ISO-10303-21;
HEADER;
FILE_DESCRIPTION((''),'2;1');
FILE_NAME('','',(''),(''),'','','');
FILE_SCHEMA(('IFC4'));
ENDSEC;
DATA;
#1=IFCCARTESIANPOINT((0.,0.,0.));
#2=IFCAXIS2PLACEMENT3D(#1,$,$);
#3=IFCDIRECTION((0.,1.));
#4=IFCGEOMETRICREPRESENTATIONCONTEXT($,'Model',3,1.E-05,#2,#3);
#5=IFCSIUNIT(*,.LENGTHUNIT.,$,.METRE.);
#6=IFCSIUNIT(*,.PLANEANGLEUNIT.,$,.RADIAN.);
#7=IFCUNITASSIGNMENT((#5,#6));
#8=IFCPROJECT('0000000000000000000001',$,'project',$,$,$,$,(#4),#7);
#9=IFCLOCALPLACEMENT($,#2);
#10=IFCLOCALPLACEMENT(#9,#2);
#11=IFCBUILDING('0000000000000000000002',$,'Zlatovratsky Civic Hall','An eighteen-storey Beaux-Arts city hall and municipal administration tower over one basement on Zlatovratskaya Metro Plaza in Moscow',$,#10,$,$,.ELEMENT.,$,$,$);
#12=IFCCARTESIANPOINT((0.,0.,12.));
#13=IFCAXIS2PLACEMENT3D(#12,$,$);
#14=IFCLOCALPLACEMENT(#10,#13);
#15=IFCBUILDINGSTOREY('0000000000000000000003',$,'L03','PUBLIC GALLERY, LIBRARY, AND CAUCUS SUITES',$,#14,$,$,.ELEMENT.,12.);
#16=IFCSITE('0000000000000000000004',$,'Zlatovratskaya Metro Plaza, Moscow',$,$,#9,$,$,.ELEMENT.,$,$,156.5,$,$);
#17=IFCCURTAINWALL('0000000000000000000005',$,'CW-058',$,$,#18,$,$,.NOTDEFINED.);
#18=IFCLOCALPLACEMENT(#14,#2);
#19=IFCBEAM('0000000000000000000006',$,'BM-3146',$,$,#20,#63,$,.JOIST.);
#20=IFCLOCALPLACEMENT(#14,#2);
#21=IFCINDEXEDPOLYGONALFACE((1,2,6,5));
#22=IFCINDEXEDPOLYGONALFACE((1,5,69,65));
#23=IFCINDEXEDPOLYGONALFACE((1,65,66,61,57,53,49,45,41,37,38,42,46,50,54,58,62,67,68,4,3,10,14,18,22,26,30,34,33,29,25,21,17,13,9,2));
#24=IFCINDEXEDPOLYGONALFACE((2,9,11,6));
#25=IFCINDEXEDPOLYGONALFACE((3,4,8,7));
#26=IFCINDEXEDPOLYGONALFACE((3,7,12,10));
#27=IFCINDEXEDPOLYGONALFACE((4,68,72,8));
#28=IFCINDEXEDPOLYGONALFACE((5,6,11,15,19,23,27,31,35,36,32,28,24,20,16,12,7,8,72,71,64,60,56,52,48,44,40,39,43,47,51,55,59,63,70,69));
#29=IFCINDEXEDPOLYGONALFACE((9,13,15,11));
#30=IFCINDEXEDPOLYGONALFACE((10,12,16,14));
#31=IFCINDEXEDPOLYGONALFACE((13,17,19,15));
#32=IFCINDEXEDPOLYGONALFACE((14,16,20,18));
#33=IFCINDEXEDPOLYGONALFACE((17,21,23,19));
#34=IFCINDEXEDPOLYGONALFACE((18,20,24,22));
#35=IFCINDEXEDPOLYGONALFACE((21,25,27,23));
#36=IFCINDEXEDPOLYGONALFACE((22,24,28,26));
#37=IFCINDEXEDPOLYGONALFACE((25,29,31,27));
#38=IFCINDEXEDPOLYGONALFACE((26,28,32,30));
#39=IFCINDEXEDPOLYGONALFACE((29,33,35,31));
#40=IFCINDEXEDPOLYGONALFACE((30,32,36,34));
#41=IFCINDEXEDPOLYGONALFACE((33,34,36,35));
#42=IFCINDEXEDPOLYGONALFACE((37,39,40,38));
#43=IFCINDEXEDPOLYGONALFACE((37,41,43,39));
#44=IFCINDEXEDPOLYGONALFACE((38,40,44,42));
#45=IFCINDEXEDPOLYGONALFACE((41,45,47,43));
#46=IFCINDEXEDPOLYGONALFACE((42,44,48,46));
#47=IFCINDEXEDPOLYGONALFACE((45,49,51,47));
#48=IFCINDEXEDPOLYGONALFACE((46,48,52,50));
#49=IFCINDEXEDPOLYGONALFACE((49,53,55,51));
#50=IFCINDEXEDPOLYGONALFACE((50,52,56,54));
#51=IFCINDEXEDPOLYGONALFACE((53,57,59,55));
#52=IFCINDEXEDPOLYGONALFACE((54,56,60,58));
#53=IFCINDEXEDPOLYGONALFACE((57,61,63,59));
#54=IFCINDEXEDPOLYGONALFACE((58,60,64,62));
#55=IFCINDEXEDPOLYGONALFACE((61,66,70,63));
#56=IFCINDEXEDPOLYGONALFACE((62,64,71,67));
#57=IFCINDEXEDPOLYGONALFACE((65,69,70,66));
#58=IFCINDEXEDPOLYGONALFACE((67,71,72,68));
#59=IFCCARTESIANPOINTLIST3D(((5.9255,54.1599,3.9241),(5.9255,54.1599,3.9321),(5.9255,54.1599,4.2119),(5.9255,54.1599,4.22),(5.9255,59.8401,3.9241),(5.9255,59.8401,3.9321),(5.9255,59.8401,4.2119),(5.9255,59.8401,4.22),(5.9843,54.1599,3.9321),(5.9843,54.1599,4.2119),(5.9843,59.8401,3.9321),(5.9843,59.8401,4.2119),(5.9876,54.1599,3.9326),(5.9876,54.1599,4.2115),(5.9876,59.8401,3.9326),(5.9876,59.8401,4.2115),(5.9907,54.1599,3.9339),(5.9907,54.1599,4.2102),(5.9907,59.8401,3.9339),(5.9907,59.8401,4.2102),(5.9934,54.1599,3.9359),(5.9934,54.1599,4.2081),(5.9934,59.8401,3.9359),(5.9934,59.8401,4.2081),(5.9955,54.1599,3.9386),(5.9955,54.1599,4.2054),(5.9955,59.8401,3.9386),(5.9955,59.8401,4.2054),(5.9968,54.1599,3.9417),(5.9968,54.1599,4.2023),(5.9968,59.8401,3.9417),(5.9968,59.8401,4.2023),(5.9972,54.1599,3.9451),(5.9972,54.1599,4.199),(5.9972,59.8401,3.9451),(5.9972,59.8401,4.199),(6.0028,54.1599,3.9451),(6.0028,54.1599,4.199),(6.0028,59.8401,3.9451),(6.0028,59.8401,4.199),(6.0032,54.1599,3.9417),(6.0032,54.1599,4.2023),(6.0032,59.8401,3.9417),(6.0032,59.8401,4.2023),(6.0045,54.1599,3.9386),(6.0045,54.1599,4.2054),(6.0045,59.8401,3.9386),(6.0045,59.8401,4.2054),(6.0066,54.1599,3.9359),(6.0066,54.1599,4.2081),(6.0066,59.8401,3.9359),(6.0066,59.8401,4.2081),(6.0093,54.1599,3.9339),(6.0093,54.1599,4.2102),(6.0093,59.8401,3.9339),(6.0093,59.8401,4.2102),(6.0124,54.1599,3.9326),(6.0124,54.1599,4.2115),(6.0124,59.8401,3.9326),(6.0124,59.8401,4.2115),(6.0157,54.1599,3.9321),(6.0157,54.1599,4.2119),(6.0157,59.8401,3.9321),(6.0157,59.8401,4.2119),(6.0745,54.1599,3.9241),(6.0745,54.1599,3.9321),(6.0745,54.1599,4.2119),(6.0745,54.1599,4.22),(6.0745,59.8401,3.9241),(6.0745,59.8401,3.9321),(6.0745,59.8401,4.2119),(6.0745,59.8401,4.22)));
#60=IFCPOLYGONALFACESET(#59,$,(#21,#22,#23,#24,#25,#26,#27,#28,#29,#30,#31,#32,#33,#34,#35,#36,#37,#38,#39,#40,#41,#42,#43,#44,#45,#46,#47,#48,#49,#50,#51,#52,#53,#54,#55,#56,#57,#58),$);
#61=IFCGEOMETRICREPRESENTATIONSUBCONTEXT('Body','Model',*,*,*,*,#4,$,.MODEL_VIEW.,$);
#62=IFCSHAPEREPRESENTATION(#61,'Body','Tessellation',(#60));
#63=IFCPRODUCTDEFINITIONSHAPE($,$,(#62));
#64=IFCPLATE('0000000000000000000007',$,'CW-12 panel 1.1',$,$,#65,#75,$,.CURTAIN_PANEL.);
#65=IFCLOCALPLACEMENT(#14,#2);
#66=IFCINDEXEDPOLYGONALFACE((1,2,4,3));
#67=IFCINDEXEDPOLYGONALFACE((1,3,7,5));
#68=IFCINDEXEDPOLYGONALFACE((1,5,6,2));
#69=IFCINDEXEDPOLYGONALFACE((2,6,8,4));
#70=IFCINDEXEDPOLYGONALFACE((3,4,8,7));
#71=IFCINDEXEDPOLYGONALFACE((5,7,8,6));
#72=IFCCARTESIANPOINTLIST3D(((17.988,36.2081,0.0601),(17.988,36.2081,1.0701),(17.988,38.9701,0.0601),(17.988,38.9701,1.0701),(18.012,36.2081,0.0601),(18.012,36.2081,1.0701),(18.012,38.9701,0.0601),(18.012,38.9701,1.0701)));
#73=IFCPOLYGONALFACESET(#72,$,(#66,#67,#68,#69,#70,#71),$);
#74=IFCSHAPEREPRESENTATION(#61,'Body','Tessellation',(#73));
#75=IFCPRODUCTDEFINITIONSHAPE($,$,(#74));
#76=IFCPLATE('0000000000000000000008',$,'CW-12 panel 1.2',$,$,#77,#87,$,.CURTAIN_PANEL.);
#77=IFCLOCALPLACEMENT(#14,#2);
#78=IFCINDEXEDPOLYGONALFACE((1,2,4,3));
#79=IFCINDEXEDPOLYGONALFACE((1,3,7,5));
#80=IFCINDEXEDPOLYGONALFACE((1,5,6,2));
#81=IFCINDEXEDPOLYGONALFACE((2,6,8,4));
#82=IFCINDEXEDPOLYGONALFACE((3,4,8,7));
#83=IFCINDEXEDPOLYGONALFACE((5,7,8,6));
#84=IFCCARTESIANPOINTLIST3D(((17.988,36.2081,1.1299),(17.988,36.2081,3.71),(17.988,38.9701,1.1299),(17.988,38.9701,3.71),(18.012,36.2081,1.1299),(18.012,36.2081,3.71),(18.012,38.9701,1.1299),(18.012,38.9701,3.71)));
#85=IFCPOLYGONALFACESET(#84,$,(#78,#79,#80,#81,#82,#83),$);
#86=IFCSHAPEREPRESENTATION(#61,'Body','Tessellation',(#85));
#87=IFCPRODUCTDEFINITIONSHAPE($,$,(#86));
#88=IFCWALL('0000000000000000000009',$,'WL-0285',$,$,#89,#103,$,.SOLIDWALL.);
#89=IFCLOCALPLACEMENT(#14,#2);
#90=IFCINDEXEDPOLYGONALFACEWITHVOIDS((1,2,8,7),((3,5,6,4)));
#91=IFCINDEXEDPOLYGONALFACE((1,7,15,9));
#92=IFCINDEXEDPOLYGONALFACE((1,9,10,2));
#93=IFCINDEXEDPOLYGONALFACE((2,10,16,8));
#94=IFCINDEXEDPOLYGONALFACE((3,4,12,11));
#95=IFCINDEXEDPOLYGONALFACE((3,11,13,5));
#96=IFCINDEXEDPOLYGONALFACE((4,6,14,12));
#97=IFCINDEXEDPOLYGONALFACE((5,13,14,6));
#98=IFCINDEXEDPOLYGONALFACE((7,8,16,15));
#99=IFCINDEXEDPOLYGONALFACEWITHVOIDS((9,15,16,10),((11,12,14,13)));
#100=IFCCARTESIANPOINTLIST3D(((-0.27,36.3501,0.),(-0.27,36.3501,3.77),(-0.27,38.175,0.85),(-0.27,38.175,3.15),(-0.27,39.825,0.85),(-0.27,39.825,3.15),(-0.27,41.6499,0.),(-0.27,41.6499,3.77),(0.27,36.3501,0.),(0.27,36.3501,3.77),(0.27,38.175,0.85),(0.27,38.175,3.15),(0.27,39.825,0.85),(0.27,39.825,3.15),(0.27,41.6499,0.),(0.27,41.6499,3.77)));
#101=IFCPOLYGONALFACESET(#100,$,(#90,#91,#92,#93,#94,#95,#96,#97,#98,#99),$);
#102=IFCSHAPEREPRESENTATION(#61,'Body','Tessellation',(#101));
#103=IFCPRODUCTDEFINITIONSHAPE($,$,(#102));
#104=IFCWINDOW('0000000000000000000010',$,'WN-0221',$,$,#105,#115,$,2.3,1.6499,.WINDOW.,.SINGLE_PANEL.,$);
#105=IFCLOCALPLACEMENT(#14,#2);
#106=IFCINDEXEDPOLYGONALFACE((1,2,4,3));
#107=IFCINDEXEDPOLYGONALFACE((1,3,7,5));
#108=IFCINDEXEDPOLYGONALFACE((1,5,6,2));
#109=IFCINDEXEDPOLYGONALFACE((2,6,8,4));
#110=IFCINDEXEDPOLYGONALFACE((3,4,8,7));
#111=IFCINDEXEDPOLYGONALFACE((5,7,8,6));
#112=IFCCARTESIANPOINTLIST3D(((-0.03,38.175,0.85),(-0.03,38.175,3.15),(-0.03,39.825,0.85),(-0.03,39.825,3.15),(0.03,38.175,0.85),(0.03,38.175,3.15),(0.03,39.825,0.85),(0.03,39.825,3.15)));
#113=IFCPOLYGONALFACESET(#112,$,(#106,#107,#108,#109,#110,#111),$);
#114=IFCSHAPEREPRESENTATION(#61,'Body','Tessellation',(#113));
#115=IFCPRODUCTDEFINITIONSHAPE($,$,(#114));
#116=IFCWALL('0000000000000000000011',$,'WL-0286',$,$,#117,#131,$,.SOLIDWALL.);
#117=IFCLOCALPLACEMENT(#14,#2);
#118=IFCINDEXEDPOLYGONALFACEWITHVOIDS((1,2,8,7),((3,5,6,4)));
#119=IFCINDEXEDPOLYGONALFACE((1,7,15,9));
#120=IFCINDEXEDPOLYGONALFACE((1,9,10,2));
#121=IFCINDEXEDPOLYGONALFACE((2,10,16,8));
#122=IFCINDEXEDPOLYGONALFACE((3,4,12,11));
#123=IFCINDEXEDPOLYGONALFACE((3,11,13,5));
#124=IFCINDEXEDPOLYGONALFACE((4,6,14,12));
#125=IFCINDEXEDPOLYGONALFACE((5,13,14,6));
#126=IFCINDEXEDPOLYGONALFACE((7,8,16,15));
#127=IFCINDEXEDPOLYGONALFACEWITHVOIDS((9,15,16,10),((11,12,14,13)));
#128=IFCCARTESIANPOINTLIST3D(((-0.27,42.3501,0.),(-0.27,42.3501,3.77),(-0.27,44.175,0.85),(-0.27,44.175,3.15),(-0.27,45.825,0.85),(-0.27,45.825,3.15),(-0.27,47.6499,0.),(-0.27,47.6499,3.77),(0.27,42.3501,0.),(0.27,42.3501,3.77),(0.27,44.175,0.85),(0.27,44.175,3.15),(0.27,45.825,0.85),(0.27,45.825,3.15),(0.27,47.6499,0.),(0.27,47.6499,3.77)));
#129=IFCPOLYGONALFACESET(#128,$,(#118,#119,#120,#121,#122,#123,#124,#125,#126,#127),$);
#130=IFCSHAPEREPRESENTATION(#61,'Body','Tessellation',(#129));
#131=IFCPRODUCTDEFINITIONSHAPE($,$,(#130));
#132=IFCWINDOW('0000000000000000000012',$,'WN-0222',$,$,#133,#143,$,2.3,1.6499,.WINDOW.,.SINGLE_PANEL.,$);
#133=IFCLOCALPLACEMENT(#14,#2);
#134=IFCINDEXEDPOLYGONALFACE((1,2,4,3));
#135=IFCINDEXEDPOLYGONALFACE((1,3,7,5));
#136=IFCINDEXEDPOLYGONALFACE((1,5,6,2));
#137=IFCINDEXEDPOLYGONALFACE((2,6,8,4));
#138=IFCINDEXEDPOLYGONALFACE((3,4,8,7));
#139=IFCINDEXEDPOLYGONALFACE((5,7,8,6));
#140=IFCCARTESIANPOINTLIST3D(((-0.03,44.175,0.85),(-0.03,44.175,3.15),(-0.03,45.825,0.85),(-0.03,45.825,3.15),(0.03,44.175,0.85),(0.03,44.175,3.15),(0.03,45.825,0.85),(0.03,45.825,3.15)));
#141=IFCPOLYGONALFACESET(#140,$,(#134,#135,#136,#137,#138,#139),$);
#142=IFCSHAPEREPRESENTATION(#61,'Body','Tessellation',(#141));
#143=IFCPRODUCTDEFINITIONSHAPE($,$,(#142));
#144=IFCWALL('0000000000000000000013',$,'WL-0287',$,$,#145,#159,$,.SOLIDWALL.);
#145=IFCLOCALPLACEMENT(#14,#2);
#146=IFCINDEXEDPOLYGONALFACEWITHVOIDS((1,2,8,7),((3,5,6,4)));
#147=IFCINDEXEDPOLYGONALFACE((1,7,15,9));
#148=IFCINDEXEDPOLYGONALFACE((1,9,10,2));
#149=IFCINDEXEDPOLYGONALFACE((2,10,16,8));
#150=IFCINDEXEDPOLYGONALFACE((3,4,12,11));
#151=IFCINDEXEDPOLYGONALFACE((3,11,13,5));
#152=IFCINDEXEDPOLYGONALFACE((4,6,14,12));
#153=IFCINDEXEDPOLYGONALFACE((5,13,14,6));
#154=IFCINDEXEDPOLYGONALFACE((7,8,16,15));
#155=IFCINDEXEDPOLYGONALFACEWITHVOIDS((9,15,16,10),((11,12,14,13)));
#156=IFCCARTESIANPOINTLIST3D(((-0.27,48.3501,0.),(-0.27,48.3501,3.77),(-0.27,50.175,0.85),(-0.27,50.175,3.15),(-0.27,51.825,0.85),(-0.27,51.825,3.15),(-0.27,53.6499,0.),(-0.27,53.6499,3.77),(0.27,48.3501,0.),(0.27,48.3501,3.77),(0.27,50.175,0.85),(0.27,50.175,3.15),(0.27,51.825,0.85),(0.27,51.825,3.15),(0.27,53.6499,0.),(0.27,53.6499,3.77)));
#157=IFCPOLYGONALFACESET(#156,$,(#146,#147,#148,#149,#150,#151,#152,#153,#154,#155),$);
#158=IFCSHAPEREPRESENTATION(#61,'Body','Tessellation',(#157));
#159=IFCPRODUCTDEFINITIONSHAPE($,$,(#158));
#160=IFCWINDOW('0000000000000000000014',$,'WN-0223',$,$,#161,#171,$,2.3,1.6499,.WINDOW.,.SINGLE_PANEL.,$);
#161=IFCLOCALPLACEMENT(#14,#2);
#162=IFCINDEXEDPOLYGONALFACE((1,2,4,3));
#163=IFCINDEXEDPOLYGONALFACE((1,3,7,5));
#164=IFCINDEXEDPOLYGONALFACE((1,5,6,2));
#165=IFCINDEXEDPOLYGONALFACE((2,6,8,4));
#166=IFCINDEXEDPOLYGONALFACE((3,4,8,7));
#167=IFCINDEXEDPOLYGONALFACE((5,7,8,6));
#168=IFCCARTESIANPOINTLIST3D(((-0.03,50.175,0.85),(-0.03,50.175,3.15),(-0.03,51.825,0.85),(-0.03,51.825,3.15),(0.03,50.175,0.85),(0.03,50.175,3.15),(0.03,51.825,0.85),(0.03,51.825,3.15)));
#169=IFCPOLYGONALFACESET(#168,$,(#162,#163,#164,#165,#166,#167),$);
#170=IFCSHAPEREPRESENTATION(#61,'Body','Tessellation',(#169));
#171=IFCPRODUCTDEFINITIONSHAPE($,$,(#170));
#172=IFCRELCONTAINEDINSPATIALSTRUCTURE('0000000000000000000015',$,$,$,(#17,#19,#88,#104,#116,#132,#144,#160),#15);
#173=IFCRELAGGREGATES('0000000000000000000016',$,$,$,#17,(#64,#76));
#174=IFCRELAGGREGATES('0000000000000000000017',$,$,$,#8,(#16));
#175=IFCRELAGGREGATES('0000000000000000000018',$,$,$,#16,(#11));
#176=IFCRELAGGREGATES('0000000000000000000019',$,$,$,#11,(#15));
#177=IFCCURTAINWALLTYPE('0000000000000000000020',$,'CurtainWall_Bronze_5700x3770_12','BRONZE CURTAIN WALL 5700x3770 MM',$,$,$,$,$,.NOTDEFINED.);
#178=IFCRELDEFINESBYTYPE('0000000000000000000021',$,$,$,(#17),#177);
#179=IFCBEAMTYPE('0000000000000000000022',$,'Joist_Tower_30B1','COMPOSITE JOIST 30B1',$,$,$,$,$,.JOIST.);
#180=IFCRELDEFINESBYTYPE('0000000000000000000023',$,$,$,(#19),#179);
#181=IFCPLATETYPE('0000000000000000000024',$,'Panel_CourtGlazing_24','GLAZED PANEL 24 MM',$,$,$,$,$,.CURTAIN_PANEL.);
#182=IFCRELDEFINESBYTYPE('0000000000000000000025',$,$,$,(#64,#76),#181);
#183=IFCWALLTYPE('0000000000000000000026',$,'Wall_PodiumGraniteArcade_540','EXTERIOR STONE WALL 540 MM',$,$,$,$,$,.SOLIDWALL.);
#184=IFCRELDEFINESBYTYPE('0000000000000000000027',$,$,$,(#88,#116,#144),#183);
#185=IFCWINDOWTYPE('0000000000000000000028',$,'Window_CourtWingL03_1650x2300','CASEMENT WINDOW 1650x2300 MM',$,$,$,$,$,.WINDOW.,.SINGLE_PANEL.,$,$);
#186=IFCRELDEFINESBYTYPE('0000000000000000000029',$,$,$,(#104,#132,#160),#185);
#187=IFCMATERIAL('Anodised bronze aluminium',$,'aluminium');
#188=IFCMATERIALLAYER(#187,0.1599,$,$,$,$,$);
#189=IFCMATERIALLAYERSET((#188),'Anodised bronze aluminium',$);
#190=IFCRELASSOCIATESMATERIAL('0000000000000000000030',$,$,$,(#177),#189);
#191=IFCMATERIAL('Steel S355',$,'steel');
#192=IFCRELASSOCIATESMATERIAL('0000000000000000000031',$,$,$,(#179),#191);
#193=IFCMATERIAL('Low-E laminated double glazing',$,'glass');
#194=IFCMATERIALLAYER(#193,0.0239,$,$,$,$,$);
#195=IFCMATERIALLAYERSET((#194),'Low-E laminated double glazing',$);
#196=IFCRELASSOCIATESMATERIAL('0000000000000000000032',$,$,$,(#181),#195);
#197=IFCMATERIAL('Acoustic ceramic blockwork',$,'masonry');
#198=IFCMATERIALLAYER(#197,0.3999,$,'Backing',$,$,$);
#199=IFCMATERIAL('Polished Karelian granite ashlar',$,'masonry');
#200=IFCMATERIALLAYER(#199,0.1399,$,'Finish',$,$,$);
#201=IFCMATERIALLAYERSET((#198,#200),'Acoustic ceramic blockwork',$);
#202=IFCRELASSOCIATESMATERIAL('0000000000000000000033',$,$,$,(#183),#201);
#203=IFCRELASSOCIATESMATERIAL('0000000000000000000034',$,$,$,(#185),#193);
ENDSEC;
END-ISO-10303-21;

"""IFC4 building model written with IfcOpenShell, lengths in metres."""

from ifc_helpers import new_model, si_unit, direction, frame, frame_2d, origin, origin_2d, place, context, subcontext, project, spatial, rectangle, i_section, extrude, material, layer, layer_set, material_profile, profile_set, type_object, element, fill, aggregate, save


model = new_model("IFC4")

# Units and contexts
model_context = context("Model", 3, precision=1e-05, world=origin(), true_north=direction((0.0, 1.0)))
body_context = subcontext(model_context, "Body", "Model", "MODEL_VIEW")
ifc_project = project(units=[si_unit("LENGTHUNIT", "METRE"), si_unit("PLANEANGLEUNIT", "RADIAN")], contexts=[model_context])

# Site, building, storey
site_placement = place(None, origin())
site = spatial("IfcSite", under=ifc_project, at=site_placement, Name="Zlatovratskaya Metro Plaza, Moscow", CompositionType="ELEMENT", RefElevation=156.5)
building_placement = place(site_placement, origin())
building = spatial("IfcBuilding", under=site, at=building_placement, Name="Zlatovratsky Civic Hall", Description="An eighteen-storey Beaux-Arts city hall and municipal administration tower over one basement on Zlatovratskaya Metro Plaza in Moscow", CompositionType="ELEMENT")
storey_placement = place(building_placement, frame((0.0, 0.0, 12.0)))
storey = spatial("IfcBuildingStorey", under=building, at=storey_placement, Name="L03", Description="PUBLIC GALLERY, LIBRARY, AND CAUCUS SUITES", CompositionType="ELEMENT", Elevation=12.0)

# Shared definitions
ifc_material_1 = material(Name="Steel S355", Category="steel")

# Curtain wall
ifc_material_2 = material(Name="Anodised bronze aluminium", Category="aluminium")
ifc_layer_1 = layer(ifc_material_2, 0.1599)
ifc_layer_set_1 = layer_set([ifc_layer_1], Name="Anodised bronze aluminium")
curtain_wall_type = type_object("IfcCurtainWallType", Name="CurtainWall_Bronze_5700x3770_12", Description="BRONZE CURTAIN WALL 5700x3770 MM", PredefinedType="NOTDEFINED", material=ifc_layer_set_1)
curtain_wall_placement = place(storey_placement, origin())
curtain_wall = element("IfcCurtainWall", 1, at=curtain_wall_placement, inside=storey, type_object=curtain_wall_type, Name="CW-058", PredefinedType="NOTDEFINED")

# Beam
ifc_material_profile_1 = material_profile(ifc_material_1, i_section(OverallWidth=0.1489, OverallDepth=0.2959, WebThickness=0.0056, FlangeThickness=0.0081, FilletRadius=0.0129, at=origin_2d()), Name="30B1")
ifc_profile_set_1 = profile_set([ifc_material_profile_1], Name="Steel S355")
beam_type_1 = type_object("IfcBeamType", Name="Joist_Tower_30B1", Description="COMPOSITE JOIST 30B1", PredefinedType="JOIST", material=ifc_profile_set_1)
for number, where, z_axis, x_axis, name in (
    (2, (6.0, 54.1599, 4.072), (0.0, 1.0, 0.0), (-1.0, 0.0, 0.0), "BM-3146"),
):
    element("IfcBeam", number, at=place(storey_placement, frame(where, z_axis=z_axis, x_axis=x_axis)), inside=storey, type_object=beam_type_1, Name=name, PredefinedType="JOIST", context=body_context, shape_type="SweptSolid", body=[
        extrude(i_section(OverallWidth=0.1489, OverallDepth=0.2959, WebThickness=0.0056, FlangeThickness=0.0081, FilletRadius=0.0129, at=origin_2d()), origin(), (0.0, 0.0, 1.0), 5.6802),
    ])

# Plates
ifc_material_3 = material(Name="Low-E laminated double glazing", Category="glass")
ifc_layer_2 = layer(ifc_material_3, 0.0239)
ifc_layer_set_2 = layer_set([ifc_layer_2], Name="Low-E laminated double glazing")
plate_type = type_object("IfcPlateType", Name="Panel_CourtGlazing_24", Description="GLAZED PANEL 24 MM", PredefinedType="CURTAIN_PANEL", material=ifc_layer_set_2)
plate_1_placement = place(storey_placement, frame((18.0, 37.5891, 0.0601), z_axis=(0.0, 0.0, 1.0), x_axis=(0.0, 1.0, 0.0)))
plate_1 = element("IfcPlate", 3, at=plate_1_placement, type_object=plate_type, Name="CW-12 panel 1.1", PredefinedType="CURTAIN_PANEL", context=body_context, shape_type="SweptSolid", body=[
    extrude(rectangle(XDim=2.762, YDim=0.0239, at=origin_2d()), origin(), (0.0, 0.0, 1.0), 1.01),
])
plate_2_placement = place(storey_placement, frame((18.0, 37.5891, 1.1299), z_axis=(0.0, 0.0, 1.0), x_axis=(0.0, 1.0, 0.0)))
plate_2 = element("IfcPlate", 4, at=plate_2_placement, type_object=plate_type, Name="CW-12 panel 1.2", PredefinedType="CURTAIN_PANEL", context=body_context, shape_type="SweptSolid", body=[
    extrude(rectangle(XDim=2.762, YDim=0.0239, at=origin_2d()), origin(), (0.0, 0.0, 1.0), 2.5801),
])
aggregate(curtain_wall, [plate_1, plate_2])

# Walls, openings, windows
ifc_material_4 = material(Name="Acoustic ceramic blockwork", Category="masonry")
ifc_layer_3 = layer(ifc_material_4, 0.3999, Name="Backing")
ifc_material_5 = material(Name="Polished Karelian granite ashlar", Category="masonry")
ifc_layer_4 = layer(ifc_material_5, 0.1399, Name="Finish")
ifc_layer_set_3 = layer_set([ifc_layer_3, ifc_layer_4], Name="Acoustic ceramic blockwork")
wall_type = type_object("IfcWallType", Name="Wall_PodiumGraniteArcade_540", Description="EXTERIOR STONE WALL 540 MM", PredefinedType="SOLIDWALL", material=ifc_layer_set_3)
wall_1_placement = place(storey_placement, frame((0.0, 36.3501, 0.0), z_axis=(0.0, 0.0, 1.0), x_axis=(0.0, 1.0, 0.0)))
wall_1 = element("IfcWall", 5, at=wall_1_placement, inside=storey, type_object=wall_type, Name="WL-0285", PredefinedType="SOLIDWALL", context=body_context, shape_type="SweptSolid", body=[
    extrude(rectangle(XDim=5.2998, YDim=0.54, at=frame_2d((2.6499, 0.0))), origin(), (0.0, 0.0, 1.0), 3.77),
])
opening_1_placement = place(wall_1_placement, frame((1.825, 0.0, 0.8501)))
opening_1 = element("IfcOpeningElement", 6, at=opening_1_placement, cuts=wall_1, PredefinedType="OPENING", context=body_context, shape_type="SweptSolid", body=[
    extrude(rectangle(XDim=1.6499, YDim=2.3, at=frame_2d((0.825, 1.1499))), frame((0.0, 0.2849, 0.0), z_axis=(0.0, -1.0, 0.0), x_axis=(1.0, 0.0, 0.0)), (0.0, 0.0, 1.0), 0.5698),
])
window_type = type_object("IfcWindowType", Name="Window_CourtWingL03_1650x2300", Description="CASEMENT WINDOW 1650x2300 MM", PartitioningType="SINGLE_PANEL", PredefinedType="WINDOW", material=ifc_material_3)
window_1_placement = place(opening_1_placement, origin())
window_1 = element("IfcWindow", 7, at=window_1_placement, inside=storey, type_object=window_type, Name="WN-0221", OverallHeight=2.3, OverallWidth=1.6499, PartitioningType="SINGLE_PANEL", PredefinedType="WINDOW", context=body_context, shape_type="SweptSolid", body=[
    extrude(rectangle(XDim=1.6499, YDim=2.3, at=frame_2d((0.825, 1.1499))), frame((0.0, 0.03, 0.0), z_axis=(0.0, -1.0, 0.0), x_axis=(1.0, 0.0, 0.0)), (0.0, 0.0, 1.0), 0.0601),
])
fill(opening_1, window_1)
wall_2_placement = place(storey_placement, frame((0.0, 42.3501, 0.0), z_axis=(0.0, 0.0, 1.0), x_axis=(0.0, 1.0, 0.0)))
wall_2 = element("IfcWall", 8, at=wall_2_placement, inside=storey, type_object=wall_type, Name="WL-0286", PredefinedType="SOLIDWALL", context=body_context, shape_type="SweptSolid", body=[
    extrude(rectangle(XDim=5.2998, YDim=0.54, at=frame_2d((2.6499, 0.0))), origin(), (0.0, 0.0, 1.0), 3.77),
])
opening_2_placement = place(wall_2_placement, frame((1.825, 0.0, 0.8501)))
opening_2 = element("IfcOpeningElement", 9, at=opening_2_placement, cuts=wall_2, PredefinedType="OPENING", context=body_context, shape_type="SweptSolid", body=[
    extrude(rectangle(XDim=1.6499, YDim=2.3, at=frame_2d((0.825, 1.1499))), frame((0.0, 0.2849, 0.0), z_axis=(0.0, -1.0, 0.0), x_axis=(1.0, 0.0, 0.0)), (0.0, 0.0, 1.0), 0.5698),
])
window_2_placement = place(opening_2_placement, origin())
window_2 = element("IfcWindow", 10, at=window_2_placement, inside=storey, type_object=window_type, Name="WN-0222", OverallHeight=2.3, OverallWidth=1.6499, PartitioningType="SINGLE_PANEL", PredefinedType="WINDOW", context=body_context, shape_type="SweptSolid", body=[
    extrude(rectangle(XDim=1.6499, YDim=2.3, at=frame_2d((0.825, 1.1499))), frame((0.0, 0.03, 0.0), z_axis=(0.0, -1.0, 0.0), x_axis=(1.0, 0.0, 0.0)), (0.0, 0.0, 1.0), 0.0601),
])
fill(opening_2, window_2)
wall_3_placement = place(storey_placement, frame((0.0, 48.3501, 0.0), z_axis=(0.0, 0.0, 1.0), x_axis=(0.0, 1.0, 0.0)))
wall_3 = element("IfcWall", 11, at=wall_3_placement, inside=storey, type_object=wall_type, Name="WL-0287", PredefinedType="SOLIDWALL", context=body_context, shape_type="SweptSolid", body=[
    extrude(rectangle(XDim=5.2998, YDim=0.54, at=frame_2d((2.6499, 0.0))), origin(), (0.0, 0.0, 1.0), 3.77),
])
opening_3_placement = place(wall_3_placement, frame((1.825, 0.0, 0.8501)))
opening_3 = element("IfcOpeningElement", 12, at=opening_3_placement, cuts=wall_3, PredefinedType="OPENING", context=body_context, shape_type="SweptSolid", body=[
    extrude(rectangle(XDim=1.6499, YDim=2.3, at=frame_2d((0.825, 1.1499))), frame((0.0, 0.2849, 0.0), z_axis=(0.0, -1.0, 0.0), x_axis=(1.0, 0.0, 0.0)), (0.0, 0.0, 1.0), 0.5698),
])
window_3_placement = place(opening_3_placement, origin())
window_3 = element("IfcWindow", 13, at=window_3_placement, inside=storey, type_object=window_type, Name="WN-0223", OverallHeight=2.3, OverallWidth=1.6499, PartitioningType="SINGLE_PANEL", PredefinedType="WINDOW", context=body_context, shape_type="SweptSolid", body=[
    extrude(rectangle(XDim=1.6499, YDim=2.3, at=frame_2d((0.825, 1.1499))), frame((0.0, 0.03, 0.0), z_axis=(0.0, -1.0, 0.0), x_axis=(1.0, 0.0, 0.0)), (0.0, 0.0, 1.0), 0.0601),
])
fill(opening_3, window_3)

save(model, "model.ifc")
